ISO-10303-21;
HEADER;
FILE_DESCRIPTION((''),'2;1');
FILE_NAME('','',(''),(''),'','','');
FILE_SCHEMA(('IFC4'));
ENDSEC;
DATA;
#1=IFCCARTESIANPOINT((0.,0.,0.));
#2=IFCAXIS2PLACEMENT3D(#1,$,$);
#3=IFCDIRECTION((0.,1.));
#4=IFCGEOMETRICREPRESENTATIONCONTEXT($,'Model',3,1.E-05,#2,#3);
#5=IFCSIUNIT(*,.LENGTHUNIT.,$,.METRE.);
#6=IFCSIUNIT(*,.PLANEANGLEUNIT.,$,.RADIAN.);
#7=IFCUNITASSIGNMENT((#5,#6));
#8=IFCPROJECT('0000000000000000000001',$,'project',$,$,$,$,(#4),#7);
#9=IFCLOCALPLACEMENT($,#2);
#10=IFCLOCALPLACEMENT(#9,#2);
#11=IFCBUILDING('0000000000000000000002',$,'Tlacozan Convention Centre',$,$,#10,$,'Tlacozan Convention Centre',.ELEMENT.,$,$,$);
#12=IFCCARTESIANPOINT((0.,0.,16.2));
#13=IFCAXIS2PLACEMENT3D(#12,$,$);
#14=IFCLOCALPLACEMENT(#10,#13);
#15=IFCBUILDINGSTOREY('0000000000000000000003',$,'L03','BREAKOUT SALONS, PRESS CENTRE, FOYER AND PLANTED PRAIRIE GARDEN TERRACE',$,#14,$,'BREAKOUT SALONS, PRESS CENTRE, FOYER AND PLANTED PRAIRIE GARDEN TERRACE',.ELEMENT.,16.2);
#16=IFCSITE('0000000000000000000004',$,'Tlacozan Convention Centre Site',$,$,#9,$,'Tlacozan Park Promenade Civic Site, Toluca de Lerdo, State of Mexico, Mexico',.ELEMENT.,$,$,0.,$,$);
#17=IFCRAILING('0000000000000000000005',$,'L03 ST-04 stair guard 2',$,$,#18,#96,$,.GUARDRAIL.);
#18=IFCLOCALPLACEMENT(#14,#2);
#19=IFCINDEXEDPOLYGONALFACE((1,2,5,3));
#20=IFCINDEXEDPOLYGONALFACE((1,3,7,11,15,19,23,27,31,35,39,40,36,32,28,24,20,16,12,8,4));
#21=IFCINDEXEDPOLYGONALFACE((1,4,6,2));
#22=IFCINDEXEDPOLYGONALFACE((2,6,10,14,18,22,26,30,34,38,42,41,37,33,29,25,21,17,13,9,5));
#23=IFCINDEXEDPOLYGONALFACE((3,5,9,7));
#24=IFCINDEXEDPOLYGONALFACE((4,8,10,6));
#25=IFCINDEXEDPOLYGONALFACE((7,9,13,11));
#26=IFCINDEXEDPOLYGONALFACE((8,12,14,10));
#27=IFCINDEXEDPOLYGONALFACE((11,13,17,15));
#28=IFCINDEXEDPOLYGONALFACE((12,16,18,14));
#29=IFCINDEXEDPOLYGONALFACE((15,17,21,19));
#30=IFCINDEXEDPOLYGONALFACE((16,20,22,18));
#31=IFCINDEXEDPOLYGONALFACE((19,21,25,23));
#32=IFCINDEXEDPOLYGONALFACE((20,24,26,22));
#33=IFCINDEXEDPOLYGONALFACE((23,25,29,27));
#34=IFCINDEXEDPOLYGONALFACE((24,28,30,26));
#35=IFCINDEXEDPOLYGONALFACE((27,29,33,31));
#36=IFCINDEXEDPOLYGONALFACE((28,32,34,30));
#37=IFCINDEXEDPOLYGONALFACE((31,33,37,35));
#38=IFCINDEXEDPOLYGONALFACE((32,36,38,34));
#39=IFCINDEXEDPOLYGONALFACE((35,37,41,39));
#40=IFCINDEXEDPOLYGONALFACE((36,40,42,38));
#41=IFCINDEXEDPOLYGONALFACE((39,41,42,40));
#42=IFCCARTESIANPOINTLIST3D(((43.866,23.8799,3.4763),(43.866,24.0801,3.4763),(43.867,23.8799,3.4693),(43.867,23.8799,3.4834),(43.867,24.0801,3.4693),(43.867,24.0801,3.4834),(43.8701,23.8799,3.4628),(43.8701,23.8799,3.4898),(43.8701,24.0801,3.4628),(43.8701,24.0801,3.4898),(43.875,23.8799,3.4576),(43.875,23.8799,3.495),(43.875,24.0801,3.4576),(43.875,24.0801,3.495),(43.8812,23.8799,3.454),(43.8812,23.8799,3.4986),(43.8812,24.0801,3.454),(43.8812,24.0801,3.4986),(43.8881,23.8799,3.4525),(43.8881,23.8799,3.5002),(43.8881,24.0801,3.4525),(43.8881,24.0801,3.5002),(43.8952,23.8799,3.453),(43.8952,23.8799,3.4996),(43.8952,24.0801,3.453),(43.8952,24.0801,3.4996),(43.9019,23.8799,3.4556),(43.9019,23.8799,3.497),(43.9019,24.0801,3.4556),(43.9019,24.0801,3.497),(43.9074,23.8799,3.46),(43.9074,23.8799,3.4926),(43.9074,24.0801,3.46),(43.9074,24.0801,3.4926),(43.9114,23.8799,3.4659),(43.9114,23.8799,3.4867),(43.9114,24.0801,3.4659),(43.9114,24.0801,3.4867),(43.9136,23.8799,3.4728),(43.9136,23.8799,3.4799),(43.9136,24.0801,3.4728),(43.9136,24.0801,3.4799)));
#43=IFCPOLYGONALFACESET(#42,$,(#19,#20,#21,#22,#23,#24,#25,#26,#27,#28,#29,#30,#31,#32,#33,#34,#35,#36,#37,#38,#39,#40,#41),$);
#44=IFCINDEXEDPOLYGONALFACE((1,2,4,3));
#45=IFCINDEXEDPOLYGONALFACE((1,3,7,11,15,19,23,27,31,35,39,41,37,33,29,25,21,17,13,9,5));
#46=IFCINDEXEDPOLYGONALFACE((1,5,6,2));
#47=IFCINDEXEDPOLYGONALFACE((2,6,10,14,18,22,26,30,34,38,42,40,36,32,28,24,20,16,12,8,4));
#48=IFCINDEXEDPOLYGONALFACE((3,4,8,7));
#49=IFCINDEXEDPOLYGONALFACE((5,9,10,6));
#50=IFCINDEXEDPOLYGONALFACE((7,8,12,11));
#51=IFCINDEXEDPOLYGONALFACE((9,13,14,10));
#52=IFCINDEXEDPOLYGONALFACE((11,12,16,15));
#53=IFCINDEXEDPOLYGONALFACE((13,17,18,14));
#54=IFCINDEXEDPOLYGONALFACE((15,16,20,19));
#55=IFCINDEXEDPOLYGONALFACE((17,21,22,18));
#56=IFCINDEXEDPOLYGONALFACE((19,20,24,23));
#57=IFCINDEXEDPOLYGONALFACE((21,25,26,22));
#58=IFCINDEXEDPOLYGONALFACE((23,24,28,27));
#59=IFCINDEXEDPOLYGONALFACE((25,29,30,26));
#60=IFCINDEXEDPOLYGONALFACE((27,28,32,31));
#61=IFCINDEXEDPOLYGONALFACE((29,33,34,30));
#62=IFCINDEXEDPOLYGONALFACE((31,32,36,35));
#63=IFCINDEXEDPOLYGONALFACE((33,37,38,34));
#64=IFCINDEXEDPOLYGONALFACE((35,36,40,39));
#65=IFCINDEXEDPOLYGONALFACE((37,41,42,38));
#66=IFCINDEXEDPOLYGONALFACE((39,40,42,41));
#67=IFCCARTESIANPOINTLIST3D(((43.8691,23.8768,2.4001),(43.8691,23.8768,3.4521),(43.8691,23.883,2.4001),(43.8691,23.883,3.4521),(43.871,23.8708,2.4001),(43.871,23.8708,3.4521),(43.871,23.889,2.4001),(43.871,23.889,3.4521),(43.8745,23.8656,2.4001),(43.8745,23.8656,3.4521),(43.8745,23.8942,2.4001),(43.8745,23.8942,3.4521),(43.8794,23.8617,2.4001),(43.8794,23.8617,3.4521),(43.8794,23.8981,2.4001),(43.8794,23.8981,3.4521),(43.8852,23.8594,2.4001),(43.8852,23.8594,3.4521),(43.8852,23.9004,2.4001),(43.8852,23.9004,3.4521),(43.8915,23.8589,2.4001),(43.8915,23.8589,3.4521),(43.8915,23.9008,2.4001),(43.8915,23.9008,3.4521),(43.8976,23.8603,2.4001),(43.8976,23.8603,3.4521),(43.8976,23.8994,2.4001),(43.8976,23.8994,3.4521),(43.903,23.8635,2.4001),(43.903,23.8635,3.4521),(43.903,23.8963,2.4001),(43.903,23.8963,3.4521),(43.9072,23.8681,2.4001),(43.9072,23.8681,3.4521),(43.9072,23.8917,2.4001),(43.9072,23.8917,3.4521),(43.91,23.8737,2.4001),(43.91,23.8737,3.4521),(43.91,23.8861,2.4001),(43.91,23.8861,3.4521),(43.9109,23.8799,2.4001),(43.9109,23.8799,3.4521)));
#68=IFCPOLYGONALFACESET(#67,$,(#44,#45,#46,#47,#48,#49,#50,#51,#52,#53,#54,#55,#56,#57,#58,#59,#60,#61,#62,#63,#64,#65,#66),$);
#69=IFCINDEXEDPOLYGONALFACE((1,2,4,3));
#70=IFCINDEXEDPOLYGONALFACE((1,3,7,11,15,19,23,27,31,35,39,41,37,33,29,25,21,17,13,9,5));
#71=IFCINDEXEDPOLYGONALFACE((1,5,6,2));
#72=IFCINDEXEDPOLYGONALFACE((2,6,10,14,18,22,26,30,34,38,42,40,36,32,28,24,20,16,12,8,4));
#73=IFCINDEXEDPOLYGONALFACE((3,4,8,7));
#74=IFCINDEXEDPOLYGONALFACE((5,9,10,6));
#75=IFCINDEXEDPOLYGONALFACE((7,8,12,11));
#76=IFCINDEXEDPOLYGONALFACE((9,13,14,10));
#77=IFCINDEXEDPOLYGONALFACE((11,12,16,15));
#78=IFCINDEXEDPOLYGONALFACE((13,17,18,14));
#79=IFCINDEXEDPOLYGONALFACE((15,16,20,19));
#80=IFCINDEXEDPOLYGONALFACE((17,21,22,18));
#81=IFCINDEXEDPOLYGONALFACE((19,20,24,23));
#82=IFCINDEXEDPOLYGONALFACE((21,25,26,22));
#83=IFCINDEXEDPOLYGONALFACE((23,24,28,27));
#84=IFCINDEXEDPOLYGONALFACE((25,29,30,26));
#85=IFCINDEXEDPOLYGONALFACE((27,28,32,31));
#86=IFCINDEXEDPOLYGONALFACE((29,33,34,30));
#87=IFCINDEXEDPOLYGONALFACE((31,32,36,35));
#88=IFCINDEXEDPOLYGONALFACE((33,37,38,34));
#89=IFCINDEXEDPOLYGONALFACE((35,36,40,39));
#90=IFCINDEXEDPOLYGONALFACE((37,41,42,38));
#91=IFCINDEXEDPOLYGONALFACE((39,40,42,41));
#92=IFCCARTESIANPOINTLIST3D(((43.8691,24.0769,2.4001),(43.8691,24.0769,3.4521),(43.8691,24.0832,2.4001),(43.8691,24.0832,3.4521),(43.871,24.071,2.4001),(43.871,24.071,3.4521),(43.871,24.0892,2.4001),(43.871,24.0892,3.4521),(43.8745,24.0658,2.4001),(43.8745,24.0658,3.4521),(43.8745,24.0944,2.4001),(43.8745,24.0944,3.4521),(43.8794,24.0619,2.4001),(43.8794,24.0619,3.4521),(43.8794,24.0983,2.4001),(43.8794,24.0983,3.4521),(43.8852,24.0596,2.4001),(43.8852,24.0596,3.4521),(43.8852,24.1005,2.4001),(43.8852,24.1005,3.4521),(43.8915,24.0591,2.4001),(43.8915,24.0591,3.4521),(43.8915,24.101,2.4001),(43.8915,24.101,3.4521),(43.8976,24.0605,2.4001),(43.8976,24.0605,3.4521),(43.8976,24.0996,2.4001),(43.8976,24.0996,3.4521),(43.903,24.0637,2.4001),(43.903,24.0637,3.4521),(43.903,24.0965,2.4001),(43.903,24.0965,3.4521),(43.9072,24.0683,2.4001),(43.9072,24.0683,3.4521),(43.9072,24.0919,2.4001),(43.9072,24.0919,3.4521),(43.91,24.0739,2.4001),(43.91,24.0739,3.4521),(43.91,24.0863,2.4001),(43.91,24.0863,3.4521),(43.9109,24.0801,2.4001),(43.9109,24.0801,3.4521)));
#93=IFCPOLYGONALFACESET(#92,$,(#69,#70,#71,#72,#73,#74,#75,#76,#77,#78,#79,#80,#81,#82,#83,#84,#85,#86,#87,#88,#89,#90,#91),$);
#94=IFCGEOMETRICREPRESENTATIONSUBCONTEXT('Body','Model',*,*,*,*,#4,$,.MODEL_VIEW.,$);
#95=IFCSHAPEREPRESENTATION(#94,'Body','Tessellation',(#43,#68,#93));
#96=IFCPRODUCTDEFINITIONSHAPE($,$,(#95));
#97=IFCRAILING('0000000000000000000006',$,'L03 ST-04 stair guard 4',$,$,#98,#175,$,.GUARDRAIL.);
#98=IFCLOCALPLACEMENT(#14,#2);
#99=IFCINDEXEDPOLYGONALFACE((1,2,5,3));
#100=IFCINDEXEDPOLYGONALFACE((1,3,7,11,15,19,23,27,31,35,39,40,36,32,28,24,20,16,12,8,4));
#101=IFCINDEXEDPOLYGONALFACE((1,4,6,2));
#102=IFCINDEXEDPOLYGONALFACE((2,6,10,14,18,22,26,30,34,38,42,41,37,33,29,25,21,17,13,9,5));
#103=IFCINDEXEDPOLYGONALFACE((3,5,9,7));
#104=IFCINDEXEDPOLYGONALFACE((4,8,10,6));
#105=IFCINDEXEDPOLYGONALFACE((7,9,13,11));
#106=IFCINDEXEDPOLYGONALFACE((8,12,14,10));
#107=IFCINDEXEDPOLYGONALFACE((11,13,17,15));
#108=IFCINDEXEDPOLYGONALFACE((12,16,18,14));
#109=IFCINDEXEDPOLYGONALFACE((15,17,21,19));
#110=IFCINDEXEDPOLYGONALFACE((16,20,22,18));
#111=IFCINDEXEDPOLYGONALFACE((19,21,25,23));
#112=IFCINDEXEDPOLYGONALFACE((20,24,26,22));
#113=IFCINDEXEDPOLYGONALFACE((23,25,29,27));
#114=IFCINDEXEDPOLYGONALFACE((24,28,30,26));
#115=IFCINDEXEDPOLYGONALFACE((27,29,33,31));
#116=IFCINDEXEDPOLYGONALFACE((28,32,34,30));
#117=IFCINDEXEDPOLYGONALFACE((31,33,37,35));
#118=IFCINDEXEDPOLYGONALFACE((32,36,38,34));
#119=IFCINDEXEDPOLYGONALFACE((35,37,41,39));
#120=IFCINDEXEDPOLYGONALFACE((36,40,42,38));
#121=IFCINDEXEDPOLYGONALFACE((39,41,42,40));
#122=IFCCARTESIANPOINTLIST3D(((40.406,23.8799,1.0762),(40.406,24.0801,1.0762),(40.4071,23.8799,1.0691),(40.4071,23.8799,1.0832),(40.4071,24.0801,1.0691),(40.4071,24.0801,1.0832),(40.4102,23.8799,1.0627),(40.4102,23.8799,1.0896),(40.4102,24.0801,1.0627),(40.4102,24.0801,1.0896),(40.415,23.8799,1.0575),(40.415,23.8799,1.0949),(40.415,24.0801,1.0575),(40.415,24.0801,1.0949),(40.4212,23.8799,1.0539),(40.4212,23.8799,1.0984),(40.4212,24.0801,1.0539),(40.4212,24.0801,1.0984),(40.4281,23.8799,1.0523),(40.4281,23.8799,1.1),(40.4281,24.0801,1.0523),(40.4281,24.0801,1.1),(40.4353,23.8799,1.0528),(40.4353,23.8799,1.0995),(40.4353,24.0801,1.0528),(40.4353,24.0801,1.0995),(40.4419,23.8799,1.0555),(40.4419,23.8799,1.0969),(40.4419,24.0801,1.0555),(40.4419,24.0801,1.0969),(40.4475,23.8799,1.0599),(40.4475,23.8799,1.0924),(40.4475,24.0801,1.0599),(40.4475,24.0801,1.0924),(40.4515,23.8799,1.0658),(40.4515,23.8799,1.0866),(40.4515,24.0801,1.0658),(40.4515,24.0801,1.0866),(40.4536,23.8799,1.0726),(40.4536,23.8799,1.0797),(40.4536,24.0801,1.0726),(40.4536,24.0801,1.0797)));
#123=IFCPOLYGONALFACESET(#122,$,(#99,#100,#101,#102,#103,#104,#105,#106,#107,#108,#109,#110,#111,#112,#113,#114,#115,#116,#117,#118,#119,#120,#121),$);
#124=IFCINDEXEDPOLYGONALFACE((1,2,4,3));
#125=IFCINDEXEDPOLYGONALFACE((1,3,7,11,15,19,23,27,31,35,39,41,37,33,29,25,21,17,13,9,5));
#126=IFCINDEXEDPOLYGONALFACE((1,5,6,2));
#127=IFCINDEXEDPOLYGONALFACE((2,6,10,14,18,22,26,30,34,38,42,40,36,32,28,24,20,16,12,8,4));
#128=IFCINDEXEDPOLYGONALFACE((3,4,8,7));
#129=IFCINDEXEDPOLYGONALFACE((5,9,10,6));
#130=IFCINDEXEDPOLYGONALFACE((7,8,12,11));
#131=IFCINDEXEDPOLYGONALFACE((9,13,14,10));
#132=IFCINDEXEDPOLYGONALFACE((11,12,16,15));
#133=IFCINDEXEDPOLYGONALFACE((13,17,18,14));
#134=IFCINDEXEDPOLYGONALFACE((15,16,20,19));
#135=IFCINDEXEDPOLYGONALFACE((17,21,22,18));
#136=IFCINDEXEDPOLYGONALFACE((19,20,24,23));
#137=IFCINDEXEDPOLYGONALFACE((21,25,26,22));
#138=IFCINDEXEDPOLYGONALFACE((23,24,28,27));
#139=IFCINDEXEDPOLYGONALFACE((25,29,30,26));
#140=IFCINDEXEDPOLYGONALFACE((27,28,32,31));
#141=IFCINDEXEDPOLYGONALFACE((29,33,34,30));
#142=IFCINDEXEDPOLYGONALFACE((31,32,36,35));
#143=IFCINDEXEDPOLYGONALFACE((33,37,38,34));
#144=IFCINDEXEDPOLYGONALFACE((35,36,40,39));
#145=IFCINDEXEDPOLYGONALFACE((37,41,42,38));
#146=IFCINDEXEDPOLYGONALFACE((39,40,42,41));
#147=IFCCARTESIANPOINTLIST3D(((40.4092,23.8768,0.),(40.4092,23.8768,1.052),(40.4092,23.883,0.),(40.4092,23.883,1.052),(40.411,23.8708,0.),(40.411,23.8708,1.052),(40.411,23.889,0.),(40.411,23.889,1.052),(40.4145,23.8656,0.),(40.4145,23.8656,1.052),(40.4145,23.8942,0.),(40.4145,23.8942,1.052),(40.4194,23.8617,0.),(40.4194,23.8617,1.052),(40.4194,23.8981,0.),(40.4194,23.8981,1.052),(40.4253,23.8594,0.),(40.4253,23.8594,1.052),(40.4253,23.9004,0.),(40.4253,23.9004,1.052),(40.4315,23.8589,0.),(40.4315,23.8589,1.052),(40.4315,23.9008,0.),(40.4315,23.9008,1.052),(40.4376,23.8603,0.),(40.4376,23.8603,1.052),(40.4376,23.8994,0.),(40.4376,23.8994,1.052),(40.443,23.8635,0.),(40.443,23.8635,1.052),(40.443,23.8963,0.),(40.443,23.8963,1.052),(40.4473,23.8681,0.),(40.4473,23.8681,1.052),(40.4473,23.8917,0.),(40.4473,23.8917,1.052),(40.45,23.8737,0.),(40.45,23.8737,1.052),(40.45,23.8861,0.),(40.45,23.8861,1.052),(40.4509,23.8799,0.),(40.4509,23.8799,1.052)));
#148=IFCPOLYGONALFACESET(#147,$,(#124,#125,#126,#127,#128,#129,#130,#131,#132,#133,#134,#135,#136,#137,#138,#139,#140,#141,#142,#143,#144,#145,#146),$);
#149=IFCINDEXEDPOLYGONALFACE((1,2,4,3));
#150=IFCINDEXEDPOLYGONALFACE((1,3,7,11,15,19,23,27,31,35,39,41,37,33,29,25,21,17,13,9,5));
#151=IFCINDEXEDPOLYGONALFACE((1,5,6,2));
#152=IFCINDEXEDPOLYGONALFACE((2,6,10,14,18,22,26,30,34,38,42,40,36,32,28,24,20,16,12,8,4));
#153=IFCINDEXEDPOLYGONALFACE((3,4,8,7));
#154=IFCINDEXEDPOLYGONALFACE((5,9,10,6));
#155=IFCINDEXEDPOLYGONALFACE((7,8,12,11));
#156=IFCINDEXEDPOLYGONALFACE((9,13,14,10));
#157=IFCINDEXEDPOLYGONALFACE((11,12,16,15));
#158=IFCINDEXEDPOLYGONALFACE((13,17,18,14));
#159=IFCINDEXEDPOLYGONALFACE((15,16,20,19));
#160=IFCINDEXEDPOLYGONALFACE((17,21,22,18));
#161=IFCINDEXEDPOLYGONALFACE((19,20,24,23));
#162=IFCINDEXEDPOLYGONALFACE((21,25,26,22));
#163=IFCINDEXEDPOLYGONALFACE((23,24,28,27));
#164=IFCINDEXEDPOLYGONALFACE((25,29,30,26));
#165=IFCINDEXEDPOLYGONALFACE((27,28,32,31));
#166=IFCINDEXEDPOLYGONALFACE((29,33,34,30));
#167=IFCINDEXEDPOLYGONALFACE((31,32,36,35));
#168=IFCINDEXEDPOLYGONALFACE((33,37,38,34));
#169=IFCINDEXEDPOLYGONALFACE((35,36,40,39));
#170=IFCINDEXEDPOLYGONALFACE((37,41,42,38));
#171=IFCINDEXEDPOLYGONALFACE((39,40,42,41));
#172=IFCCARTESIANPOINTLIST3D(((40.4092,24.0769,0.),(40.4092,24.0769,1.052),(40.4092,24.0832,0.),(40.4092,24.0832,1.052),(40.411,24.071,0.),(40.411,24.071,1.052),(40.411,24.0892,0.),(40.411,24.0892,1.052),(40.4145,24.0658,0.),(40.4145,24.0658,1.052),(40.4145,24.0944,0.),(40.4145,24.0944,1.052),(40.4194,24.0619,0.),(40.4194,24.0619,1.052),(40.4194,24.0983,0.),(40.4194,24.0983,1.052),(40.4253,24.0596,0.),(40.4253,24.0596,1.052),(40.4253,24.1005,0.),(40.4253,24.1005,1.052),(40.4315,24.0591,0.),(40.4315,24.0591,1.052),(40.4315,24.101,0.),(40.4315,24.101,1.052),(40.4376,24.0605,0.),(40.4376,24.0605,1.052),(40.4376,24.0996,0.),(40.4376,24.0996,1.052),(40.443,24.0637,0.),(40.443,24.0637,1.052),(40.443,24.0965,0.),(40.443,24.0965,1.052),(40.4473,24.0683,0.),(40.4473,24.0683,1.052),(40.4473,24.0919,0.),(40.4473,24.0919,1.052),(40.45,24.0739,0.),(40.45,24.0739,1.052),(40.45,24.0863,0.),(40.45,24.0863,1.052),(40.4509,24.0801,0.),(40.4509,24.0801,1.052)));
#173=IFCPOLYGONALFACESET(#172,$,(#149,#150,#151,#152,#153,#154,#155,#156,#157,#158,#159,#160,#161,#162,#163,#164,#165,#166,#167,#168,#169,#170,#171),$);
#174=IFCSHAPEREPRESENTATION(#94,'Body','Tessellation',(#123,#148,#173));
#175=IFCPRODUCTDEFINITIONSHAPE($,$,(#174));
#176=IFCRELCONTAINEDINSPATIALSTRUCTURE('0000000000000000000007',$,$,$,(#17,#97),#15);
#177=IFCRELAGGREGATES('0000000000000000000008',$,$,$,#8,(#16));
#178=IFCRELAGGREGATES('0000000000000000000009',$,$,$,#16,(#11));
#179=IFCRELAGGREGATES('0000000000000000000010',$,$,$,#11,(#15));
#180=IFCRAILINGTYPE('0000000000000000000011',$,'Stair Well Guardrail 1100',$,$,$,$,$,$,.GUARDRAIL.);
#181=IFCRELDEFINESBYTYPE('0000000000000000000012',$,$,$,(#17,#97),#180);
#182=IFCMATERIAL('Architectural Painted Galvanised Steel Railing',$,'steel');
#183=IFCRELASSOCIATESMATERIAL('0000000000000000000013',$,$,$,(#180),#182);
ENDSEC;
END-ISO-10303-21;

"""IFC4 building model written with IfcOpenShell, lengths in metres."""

from ifc_helpers import new_model, si_unit, direction, frame, origin, origin_2d, place, context, subcontext, project, spatial, circle, extrude, material, type_object, element, save


model = new_model("IFC4")

# Units and contexts
model_context = context("Model", 3, precision=1e-05, world=origin(), true_north=direction((0.0, 1.0)))
body_context = subcontext(model_context, "Body", "Model", "MODEL_VIEW")
ifc_project = project(units=[si_unit("LENGTHUNIT", "METRE"), si_unit("PLANEANGLEUNIT", "RADIAN")], contexts=[model_context])

# Site, building, storey
site_placement = place(None, origin())
site = spatial("IfcSite", under=ifc_project, at=site_placement, Name="Tlacozan Convention Centre Site", LongName="Tlacozan Park Promenade Civic Site, Toluca de Lerdo, State of Mexico, Mexico", CompositionType="ELEMENT", RefElevation=0.0)
building_placement = place(site_placement, origin())
building = spatial("IfcBuilding", under=site, at=building_placement, Name="Tlacozan Convention Centre", LongName="Tlacozan Convention Centre", CompositionType="ELEMENT")
storey_placement = place(building_placement, frame((0.0, 0.0, 16.2)))
storey = spatial("IfcBuildingStorey", under=building, at=storey_placement, Name="L03", Description="BREAKOUT SALONS, PRESS CENTRE, FOYER AND PLANTED PRAIRIE GARDEN TERRACE", LongName="BREAKOUT SALONS, PRESS CENTRE, FOYER AND PLANTED PRAIRIE GARDEN TERRACE", CompositionType="ELEMENT", Elevation=16.2)

# Railings
ifc_material_1 = material(Name="Architectural Painted Galvanised Steel Railing", Category="steel")
railing_type_1 = type_object("IfcRailingType", Name="Stair Well Guardrail 1100", PredefinedType="GUARDRAIL", material=ifc_material_1)
for number, where, name in (
    (1, (43.8899, 23.8799, 2.4001), "L03 ST-04 stair guard 2"),
    (2, (40.4299, 23.8799, 0.0), "L03 ST-04 stair guard 4"),
):
    element("IfcRailing", number, at=place(storey_placement, frame(where)), inside=storey, type_object=railing_type_1, Name=name, PredefinedType="GUARDRAIL", context=body_context, shape_type="SweptSolid", body=[
        extrude(circle(Radius=0.0239, at=origin_2d()), frame((0.0, 0.0, 1.0762), z_axis=(0.0, 1.0, 0.0), x_axis=(-1.0, 0.0, 0.0)), (0.0, 0.0, 1.0), 0.2002),
        extrude(circle(Radius=0.021, at=origin_2d()), origin(), (0.0, 0.0, 1.0), 1.052),
        extrude(circle(Radius=0.021, at=origin_2d()), frame((0.0, 0.2002, 0.0)), (0.0, 0.0, 1.0), 1.052),
    ])

save(model, "model.ifc")
